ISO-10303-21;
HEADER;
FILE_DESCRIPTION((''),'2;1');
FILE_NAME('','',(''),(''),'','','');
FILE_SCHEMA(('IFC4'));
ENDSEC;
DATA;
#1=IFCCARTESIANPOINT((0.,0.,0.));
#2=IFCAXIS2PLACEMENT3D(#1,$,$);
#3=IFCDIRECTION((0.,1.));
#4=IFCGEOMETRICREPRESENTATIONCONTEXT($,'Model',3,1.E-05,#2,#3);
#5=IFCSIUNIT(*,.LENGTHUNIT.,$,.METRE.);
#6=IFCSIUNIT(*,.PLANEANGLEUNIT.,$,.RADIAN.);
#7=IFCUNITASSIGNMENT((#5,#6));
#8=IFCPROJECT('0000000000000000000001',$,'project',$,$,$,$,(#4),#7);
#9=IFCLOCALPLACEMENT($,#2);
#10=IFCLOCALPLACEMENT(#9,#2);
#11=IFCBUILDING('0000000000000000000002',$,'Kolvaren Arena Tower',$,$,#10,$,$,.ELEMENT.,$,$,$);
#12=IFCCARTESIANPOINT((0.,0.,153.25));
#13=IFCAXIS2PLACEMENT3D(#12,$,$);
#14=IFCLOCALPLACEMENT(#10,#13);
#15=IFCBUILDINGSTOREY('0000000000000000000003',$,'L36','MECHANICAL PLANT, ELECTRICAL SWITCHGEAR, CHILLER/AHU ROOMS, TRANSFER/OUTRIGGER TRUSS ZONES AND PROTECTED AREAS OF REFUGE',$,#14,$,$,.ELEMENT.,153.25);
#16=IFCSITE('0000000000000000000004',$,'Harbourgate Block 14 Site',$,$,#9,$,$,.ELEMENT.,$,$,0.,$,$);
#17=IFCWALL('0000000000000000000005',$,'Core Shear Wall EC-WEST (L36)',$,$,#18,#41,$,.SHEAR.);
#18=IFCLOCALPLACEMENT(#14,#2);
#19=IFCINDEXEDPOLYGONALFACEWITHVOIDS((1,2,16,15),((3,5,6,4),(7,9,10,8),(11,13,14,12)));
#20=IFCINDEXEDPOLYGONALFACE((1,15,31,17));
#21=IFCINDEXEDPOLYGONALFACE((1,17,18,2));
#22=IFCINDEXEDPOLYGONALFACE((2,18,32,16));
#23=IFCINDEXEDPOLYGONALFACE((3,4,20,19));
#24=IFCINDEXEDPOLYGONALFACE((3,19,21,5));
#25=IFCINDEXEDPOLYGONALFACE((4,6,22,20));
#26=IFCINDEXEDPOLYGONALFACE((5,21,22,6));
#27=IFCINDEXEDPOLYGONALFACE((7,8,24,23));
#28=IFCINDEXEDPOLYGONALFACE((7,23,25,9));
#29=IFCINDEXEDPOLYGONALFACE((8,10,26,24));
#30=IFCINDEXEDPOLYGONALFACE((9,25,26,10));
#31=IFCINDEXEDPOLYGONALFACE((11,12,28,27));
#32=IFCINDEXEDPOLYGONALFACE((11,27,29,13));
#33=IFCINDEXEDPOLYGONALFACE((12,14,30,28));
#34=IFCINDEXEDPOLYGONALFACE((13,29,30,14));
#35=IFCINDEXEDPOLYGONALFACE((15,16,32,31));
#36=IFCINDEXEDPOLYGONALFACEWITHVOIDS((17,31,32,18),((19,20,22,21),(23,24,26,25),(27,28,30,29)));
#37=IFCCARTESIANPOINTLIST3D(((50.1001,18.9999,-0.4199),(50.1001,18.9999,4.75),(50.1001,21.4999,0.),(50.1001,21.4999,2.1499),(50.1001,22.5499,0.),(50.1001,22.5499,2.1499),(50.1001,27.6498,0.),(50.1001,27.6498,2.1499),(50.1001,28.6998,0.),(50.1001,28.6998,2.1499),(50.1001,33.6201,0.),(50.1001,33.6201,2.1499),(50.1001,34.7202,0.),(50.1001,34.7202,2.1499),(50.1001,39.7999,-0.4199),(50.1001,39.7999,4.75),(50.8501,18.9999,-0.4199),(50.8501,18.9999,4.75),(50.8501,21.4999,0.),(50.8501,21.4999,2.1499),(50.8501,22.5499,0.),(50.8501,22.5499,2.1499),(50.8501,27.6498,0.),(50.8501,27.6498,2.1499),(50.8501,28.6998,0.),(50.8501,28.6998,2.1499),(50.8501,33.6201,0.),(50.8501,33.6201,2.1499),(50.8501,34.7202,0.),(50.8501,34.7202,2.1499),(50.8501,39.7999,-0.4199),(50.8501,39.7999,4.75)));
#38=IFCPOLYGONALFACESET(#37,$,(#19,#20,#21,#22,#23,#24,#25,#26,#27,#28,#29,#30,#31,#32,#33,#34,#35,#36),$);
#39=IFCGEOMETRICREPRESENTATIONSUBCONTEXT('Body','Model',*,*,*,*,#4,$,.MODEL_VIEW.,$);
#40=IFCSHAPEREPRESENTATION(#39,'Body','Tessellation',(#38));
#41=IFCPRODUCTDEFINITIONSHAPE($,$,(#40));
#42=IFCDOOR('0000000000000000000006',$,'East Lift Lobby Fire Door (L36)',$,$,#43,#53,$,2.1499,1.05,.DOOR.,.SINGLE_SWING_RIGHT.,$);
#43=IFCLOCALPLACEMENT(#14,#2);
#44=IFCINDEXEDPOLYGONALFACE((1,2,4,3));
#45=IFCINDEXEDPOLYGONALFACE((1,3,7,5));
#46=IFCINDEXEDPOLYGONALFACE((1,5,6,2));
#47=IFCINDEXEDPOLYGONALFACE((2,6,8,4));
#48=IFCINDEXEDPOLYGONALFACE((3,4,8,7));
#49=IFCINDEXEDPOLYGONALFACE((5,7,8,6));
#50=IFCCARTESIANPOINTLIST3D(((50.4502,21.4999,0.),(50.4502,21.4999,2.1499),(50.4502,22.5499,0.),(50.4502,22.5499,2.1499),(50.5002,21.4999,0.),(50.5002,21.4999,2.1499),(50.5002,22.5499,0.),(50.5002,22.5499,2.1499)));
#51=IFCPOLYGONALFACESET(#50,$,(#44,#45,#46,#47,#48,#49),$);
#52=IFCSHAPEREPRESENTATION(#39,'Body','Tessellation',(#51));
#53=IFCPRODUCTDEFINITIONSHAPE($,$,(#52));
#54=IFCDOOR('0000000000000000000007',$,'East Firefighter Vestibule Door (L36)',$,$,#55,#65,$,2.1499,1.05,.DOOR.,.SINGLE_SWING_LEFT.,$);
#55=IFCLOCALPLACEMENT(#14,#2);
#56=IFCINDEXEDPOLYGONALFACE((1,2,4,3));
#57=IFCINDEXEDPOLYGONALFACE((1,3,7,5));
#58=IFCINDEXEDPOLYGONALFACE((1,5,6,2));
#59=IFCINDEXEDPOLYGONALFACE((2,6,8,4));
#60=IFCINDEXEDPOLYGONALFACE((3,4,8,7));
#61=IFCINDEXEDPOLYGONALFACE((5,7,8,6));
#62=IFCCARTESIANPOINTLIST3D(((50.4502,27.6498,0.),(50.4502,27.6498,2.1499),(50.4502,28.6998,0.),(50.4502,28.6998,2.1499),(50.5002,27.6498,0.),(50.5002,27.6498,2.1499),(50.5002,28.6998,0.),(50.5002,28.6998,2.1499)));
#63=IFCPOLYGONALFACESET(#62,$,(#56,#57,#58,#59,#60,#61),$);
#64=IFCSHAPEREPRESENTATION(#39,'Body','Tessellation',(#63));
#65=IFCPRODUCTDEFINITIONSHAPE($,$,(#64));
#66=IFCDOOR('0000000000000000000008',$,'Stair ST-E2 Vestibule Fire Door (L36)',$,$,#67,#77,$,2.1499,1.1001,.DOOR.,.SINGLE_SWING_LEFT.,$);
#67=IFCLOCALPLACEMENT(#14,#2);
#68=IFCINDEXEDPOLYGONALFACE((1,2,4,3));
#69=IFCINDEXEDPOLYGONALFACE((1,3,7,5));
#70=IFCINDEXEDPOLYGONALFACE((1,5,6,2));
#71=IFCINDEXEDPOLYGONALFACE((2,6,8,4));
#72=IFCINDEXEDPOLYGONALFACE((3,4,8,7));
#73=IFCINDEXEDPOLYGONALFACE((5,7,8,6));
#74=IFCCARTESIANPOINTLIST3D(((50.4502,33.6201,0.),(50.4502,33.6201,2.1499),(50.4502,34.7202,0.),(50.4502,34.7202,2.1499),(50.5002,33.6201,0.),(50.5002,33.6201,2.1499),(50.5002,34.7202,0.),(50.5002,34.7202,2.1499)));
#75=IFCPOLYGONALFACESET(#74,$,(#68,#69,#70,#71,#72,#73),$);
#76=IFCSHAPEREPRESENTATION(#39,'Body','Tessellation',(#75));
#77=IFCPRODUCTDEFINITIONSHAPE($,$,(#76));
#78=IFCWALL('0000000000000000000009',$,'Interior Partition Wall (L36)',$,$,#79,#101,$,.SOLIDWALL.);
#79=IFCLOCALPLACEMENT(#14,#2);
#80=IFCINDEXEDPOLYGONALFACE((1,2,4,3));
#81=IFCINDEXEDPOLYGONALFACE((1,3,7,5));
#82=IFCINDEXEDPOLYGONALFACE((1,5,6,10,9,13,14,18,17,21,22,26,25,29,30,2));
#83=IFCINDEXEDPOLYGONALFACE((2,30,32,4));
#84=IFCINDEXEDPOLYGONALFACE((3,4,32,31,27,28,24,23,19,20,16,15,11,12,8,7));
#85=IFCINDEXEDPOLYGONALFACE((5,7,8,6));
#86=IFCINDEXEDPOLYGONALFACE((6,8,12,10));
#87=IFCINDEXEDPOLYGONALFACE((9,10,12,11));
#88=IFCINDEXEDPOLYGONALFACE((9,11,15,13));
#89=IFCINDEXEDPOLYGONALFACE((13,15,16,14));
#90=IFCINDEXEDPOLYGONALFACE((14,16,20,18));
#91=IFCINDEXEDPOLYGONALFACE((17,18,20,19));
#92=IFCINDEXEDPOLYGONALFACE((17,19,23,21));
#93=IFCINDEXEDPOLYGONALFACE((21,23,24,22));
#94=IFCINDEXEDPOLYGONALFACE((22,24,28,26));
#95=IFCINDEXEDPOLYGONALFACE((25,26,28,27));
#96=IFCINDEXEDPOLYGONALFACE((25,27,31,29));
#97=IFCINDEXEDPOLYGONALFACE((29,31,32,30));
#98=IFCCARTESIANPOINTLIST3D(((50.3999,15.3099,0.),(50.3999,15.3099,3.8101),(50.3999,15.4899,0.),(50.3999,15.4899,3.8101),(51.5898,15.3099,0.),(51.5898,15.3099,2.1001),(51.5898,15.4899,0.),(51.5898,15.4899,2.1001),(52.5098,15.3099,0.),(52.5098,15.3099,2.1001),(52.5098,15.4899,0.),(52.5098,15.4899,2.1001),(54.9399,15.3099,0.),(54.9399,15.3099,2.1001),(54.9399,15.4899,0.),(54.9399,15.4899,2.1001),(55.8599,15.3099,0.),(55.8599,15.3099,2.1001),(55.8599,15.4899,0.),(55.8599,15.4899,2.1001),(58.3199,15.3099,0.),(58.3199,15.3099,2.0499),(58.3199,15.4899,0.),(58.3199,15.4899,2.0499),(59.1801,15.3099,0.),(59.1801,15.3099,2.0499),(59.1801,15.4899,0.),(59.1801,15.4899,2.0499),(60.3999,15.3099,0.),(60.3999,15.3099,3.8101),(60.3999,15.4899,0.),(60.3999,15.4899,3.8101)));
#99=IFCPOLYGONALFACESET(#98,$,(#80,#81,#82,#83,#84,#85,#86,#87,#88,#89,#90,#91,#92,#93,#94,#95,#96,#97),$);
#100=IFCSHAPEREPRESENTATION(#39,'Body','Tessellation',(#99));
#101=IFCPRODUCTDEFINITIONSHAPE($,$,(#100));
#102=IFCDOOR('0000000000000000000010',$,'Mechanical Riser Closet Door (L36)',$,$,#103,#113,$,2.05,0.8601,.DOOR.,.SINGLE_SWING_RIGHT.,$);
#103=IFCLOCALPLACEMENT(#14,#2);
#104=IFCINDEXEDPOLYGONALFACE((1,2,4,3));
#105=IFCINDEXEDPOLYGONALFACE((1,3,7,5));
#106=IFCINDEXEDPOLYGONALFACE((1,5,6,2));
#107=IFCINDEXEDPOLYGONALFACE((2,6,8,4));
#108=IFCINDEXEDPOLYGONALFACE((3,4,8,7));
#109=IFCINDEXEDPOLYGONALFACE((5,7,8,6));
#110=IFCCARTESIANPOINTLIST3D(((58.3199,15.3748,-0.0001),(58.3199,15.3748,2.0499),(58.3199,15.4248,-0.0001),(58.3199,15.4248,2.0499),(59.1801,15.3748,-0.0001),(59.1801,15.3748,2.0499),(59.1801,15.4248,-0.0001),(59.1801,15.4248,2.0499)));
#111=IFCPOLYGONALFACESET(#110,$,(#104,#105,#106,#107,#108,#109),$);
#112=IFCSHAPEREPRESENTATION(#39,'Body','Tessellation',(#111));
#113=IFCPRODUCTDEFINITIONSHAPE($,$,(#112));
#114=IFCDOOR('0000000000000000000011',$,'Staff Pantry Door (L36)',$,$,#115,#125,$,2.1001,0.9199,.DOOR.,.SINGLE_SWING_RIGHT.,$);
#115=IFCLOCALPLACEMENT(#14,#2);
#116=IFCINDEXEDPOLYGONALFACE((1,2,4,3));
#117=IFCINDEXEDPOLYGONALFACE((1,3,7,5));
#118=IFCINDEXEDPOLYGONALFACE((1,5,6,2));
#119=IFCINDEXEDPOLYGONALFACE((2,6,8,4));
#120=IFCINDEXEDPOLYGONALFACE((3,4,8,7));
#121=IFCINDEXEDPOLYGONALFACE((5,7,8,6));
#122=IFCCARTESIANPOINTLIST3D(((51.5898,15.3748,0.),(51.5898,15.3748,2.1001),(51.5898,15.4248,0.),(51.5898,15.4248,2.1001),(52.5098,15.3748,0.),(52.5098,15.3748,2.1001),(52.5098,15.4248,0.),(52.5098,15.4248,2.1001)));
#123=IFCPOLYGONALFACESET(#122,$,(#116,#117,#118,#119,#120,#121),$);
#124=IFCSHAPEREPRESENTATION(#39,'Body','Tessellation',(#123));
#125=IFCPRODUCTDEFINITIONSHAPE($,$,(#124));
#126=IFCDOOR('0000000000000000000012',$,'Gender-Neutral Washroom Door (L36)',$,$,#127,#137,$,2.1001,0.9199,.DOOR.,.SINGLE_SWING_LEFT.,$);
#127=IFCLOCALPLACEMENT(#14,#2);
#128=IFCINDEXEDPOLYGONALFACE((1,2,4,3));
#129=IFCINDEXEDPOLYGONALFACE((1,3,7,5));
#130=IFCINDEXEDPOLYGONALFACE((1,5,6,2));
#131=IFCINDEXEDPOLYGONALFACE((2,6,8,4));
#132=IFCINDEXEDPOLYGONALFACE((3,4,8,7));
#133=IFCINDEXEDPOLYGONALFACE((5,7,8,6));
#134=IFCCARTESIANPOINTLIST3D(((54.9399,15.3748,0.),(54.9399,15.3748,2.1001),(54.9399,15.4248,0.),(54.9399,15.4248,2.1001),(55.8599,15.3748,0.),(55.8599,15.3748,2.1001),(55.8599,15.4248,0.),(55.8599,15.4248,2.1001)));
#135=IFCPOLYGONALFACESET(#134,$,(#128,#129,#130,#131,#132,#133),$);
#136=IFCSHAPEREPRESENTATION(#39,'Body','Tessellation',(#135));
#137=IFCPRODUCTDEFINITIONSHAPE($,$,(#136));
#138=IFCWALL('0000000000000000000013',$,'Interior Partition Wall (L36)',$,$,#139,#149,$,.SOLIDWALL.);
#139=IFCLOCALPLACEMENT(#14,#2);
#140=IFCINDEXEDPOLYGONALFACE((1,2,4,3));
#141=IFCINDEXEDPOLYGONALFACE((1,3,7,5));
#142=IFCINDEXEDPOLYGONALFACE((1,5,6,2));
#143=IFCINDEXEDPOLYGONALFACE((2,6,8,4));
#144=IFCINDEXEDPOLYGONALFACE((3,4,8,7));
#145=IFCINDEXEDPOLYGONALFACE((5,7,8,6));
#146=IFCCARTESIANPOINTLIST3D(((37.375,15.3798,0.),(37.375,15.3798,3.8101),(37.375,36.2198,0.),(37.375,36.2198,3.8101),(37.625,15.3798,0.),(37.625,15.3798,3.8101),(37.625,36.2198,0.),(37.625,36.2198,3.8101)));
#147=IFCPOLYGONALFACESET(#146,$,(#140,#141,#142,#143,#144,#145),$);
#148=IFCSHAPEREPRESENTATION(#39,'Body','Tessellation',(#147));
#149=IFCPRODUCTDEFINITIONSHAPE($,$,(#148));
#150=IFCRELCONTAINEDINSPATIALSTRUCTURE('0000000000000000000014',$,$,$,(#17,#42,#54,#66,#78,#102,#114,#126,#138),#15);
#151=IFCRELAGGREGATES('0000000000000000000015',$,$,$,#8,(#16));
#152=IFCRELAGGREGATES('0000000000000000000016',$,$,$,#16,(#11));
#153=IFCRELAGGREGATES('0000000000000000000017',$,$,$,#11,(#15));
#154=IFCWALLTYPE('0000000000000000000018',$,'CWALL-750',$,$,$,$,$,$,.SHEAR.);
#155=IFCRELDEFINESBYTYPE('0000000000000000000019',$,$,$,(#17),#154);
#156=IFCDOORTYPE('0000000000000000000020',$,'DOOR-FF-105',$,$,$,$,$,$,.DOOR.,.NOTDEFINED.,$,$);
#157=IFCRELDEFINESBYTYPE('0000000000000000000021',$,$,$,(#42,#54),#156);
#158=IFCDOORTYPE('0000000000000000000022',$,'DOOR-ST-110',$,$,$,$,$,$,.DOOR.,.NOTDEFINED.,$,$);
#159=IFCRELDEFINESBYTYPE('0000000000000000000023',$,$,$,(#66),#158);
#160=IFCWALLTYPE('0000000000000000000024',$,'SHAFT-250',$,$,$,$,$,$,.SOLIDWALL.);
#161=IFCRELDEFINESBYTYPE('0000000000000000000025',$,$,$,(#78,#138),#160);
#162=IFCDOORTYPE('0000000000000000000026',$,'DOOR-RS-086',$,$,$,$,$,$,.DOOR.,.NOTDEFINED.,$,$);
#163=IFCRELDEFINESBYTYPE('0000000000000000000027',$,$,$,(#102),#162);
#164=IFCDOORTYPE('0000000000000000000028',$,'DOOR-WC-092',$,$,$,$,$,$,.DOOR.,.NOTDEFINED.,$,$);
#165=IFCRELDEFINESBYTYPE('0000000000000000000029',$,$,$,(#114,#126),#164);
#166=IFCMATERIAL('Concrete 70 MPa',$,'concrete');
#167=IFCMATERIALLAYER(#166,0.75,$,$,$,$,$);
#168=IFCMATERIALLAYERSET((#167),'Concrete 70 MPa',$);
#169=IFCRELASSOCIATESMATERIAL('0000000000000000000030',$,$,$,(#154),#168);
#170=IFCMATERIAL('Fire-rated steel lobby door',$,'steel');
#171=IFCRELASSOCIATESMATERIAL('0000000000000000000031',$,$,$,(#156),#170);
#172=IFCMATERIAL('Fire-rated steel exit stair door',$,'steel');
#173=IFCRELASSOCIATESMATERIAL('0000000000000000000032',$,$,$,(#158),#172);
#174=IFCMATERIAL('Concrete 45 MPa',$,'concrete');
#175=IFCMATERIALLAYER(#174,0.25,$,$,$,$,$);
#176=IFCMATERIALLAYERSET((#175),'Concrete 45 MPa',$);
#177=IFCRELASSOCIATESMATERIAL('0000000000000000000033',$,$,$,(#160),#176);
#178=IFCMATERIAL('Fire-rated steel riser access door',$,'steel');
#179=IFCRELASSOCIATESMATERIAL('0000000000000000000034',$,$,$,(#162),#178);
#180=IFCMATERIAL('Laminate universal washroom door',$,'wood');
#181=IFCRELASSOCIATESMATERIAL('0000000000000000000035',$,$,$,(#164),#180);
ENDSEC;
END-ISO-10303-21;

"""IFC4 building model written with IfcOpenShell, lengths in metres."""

from ifc_helpers import new_model, si_unit, direction, frame, frame_2d, origin, place, context, subcontext, project, spatial, rectangle, extrude, material, layer, layer_set, type_object, element, fill, save


model = new_model("IFC4")

# Units and contexts
model_context = context("Model", 3, precision=1e-05, world=origin(), true_north=direction((0.0, 1.0)))
body_context = subcontext(model_context, "Body", "Model", "MODEL_VIEW")
ifc_project = project(units=[si_unit("LENGTHUNIT", "METRE"), si_unit("PLANEANGLEUNIT", "RADIAN")], contexts=[model_context])

# Site, building, storey
site_placement = place(None, origin())
site = spatial("IfcSite", under=ifc_project, at=site_placement, Name="Harbourgate Block 14 Site", CompositionType="ELEMENT", RefElevation=0.0)
building_placement = place(site_placement, origin())
building = spatial("IfcBuilding", under=site, at=building_placement, Name="Kolvaren Arena Tower", CompositionType="ELEMENT")
storey_placement = place(building_placement, frame((0.0, 0.0, 153.25)))
storey = spatial("IfcBuildingStorey", under=building, at=storey_placement, Name="L36", Description="MECHANICAL PLANT, ELECTRICAL SWITCHGEAR, CHILLER/AHU ROOMS, TRANSFER/OUTRIGGER TRUSS ZONES AND PROTECTED AREAS OF REFUGE", CompositionType="ELEMENT", Elevation=153.25)

# Walls, openings, doors
ifc_material_1 = material(Name="Concrete 70 MPa", Category="concrete")
ifc_layer_1 = layer(ifc_material_1, 0.75)
ifc_layer_set_1 = layer_set([ifc_layer_1], Name="Concrete 70 MPa")
wall_type_1 = type_object("IfcWallType", Name="CWALL-750", PredefinedType="SHEAR", material=ifc_layer_set_1)
wall_1_placement = place(storey_placement, frame((50.4751, 19.0, -0.4199), z_axis=(0.0, 0.0, 1.0), x_axis=(0.0, 1.0, 0.0)))
wall_1 = element("IfcWall", 1, at=wall_1_placement, inside=storey, type_object=wall_type_1, Name="Core Shear Wall EC-WEST (L36)", PredefinedType="SHEAR", context=body_context, shape_type="SweptSolid", body=[
    extrude(rectangle(XDim=20.8, YDim=0.75, at=frame_2d((10.3999, 0.0))), origin(), (0.0, 0.0, 1.0), 5.1699),
])
opening_1_placement = place(wall_1_placement, frame((2.5, 0.0, 0.4199)))
opening_1 = element("IfcOpeningElement", 2, at=opening_1_placement, cuts=wall_1, PredefinedType="OPENING", context=body_context, shape_type="SweptSolid", body=[
    extrude(rectangle(XDim=1.05, YDim=2.1499, at=frame_2d((0.5249, 1.075))), frame((0.0, 0.385, 0.0), z_axis=(0.0, -1.0, 0.0), x_axis=(1.0, 0.0, 0.0)), (0.0, 0.0, 1.0), 0.77),
])
opening_2_placement = place(wall_1_placement, frame((8.6499, 0.0, 0.4199)))
opening_2 = element("IfcOpeningElement", 3, at=opening_2_placement, cuts=wall_1, PredefinedType="OPENING", context=body_context, shape_type="SweptSolid", body=[
    extrude(rectangle(XDim=1.05, YDim=2.1499, at=frame_2d((0.5249, 1.075))), frame((0.0, 0.385, 0.0), z_axis=(0.0, -1.0, 0.0), x_axis=(1.0, 0.0, 0.0)), (0.0, 0.0, 1.0), 0.77),
])
opening_3_placement = place(wall_1_placement, frame((14.6201, 0.0, 0.4199)))
opening_3 = element("IfcOpeningElement", 4, at=opening_3_placement, cuts=wall_1, PredefinedType="OPENING", context=body_context, shape_type="SweptSolid", body=[
    extrude(rectangle(XDim=1.1001, YDim=2.1499, at=frame_2d((0.55, 1.075))), frame((0.0, 0.385, 0.0), z_axis=(0.0, -1.0, 0.0), x_axis=(1.0, 0.0, 0.0)), (0.0, 0.0, 1.0), 0.77),
])
ifc_material_2 = material(Name="Fire-rated steel lobby door", Category="steel")
door_type_1 = type_object("IfcDoorType", Name="DOOR-FF-105", OperationType="NOTDEFINED", PredefinedType="DOOR", material=ifc_material_2)
door_1_placement = place(opening_1_placement, origin())
door_1 = element("IfcDoor", 5, at=door_1_placement, inside=storey, type_object=door_type_1, Name="East Lift Lobby Fire Door (L36)", OperationType="SINGLE_SWING_RIGHT", OverallHeight=2.1499, OverallWidth=1.05, PredefinedType="DOOR", context=body_context, shape_type="SweptSolid", body=[
    extrude(rectangle(XDim=1.05, YDim=2.1499, at=frame_2d((0.5249, 1.075))), frame((0.0, 0.0249, 0.0), z_axis=(0.0, -1.0, 0.0), x_axis=(1.0, 0.0, 0.0)), (0.0, 0.0, 1.0), 0.05),
])
fill(opening_1, door_1)
door_2_placement = place(opening_2_placement, origin())
door_2 = element("IfcDoor", 6, at=door_2_placement, inside=storey, type_object=door_type_1, Name="East Firefighter Vestibule Door (L36)", OperationType="SINGLE_SWING_LEFT", OverallHeight=2.1499, OverallWidth=1.05, PredefinedType="DOOR", context=body_context, shape_type="SweptSolid", body=[
    extrude(rectangle(XDim=1.05, YDim=2.1499, at=frame_2d((0.5249, 1.075))), frame((0.0, 0.0249, 0.0), z_axis=(0.0, -1.0, 0.0), x_axis=(1.0, 0.0, 0.0)), (0.0, 0.0, 1.0), 0.05),
])
fill(opening_2, door_2)
ifc_material_3 = material(Name="Fire-rated steel exit stair door", Category="steel")
door_type_2 = type_object("IfcDoorType", Name="DOOR-ST-110", OperationType="NOTDEFINED", PredefinedType="DOOR", material=ifc_material_3)
door_3_placement = place(opening_3_placement, origin())
door_3 = element("IfcDoor", 7, at=door_3_placement, inside=storey, type_object=door_type_2, Name="Stair ST-E2 Vestibule Fire Door (L36)", OperationType="SINGLE_SWING_LEFT", OverallHeight=2.1499, OverallWidth=1.1001, PredefinedType="DOOR", context=body_context, shape_type="SweptSolid", body=[
    extrude(rectangle(XDim=1.1001, YDim=2.1499, at=frame_2d((0.55, 1.075))), frame((0.0, 0.0249, 0.0), z_axis=(0.0, -1.0, 0.0), x_axis=(1.0, 0.0, 0.0)), (0.0, 0.0, 1.0), 0.05),
])
fill(opening_3, door_3)
ifc_material_4 = material(Name="Concrete 45 MPa", Category="concrete")
ifc_layer_2 = layer(ifc_material_4, 0.25)
ifc_layer_set_2 = layer_set([ifc_layer_2], Name="Concrete 45 MPa")
wall_type_2 = type_object("IfcWallType", Name="SHAFT-250", PredefinedType="SOLIDWALL", material=ifc_layer_set_2)
wall_2_placement = place(storey_placement, frame((50.3999, 15.3999, 0.0), z_axis=(0.0, 0.0, 1.0), x_axis=(1.0, 0.0, 0.0)))
wall_2 = element("IfcWall", 8, at=wall_2_placement, inside=storey, type_object=wall_type_2, Name="Interior Partition Wall (L36)", PredefinedType="SOLIDWALL", context=body_context, shape_type="SweptSolid", body=[
    extrude(rectangle(XDim=10.0, YDim=0.1799, at=frame_2d((5.0, 0.0))), origin(), (0.0, 0.0, 1.0), 3.8101),
])
opening_4_placement = place(wall_2_placement, frame((1.1899, 0.0, 0.0)))
opening_4 = element("IfcOpeningElement", 9, at=opening_4_placement, cuts=wall_2, PredefinedType="OPENING", context=body_context, shape_type="SweptSolid", body=[
    extrude(rectangle(XDim=0.9199, YDim=2.1001, at=frame_2d((0.46, 1.05))), frame((0.0, 0.0999, 0.0), z_axis=(0.0, -1.0, 0.0), x_axis=(1.0, 0.0, 0.0)), (0.0, 0.0, 1.0), 0.2),
])
opening_5_placement = place(wall_2_placement, frame((4.54, 0.0, 0.0)))
opening_5 = element("IfcOpeningElement", 10, at=opening_5_placement, cuts=wall_2, PredefinedType="OPENING", context=body_context, shape_type="SweptSolid", body=[
    extrude(rectangle(XDim=0.9199, YDim=2.1001, at=frame_2d((0.46, 1.05))), frame((0.0, 0.0999, 0.0), z_axis=(0.0, -1.0, 0.0), x_axis=(1.0, 0.0, 0.0)), (0.0, 0.0, 1.0), 0.2),
])
opening_6_placement = place(wall_2_placement, frame((7.9199, 0.0, 0.0)))
opening_6 = element("IfcOpeningElement", 11, at=opening_6_placement, cuts=wall_2, PredefinedType="OPENING", context=body_context, shape_type="SweptSolid", body=[
    extrude(rectangle(XDim=0.8601, YDim=2.05, at=frame_2d((0.4302, 1.0249))), frame((0.0, 0.0999, 0.0), z_axis=(0.0, -1.0, 0.0), x_axis=(1.0, 0.0, 0.0)), (0.0, 0.0, 1.0), 0.2),
])
ifc_material_5 = material(Name="Fire-rated steel riser access door", Category="steel")
door_type_3 = type_object("IfcDoorType", Name="DOOR-RS-086", OperationType="NOTDEFINED", PredefinedType="DOOR", material=ifc_material_5)
door_4_placement = place(opening_6_placement, origin())
door_4 = element("IfcDoor", 12, at=door_4_placement, inside=storey, type_object=door_type_3, Name="Mechanical Riser Closet Door (L36)", OperationType="SINGLE_SWING_RIGHT", OverallHeight=2.05, OverallWidth=0.8601, PredefinedType="DOOR", context=body_context, shape_type="SweptSolid", body=[
    extrude(rectangle(XDim=0.8601, YDim=2.05, at=frame_2d((0.4302, 1.0249))), frame((0.0, 0.0249, 0.0), z_axis=(0.0, -1.0, 0.0), x_axis=(1.0, 0.0, 0.0)), (0.0, 0.0, 1.0), 0.05),
])
fill(opening_6, door_4)
ifc_material_6 = material(Name="Laminate universal washroom door", Category="wood")
door_type_4 = type_object("IfcDoorType", Name="DOOR-WC-092", OperationType="NOTDEFINED", PredefinedType="DOOR", material=ifc_material_6)
door_5_placement = place(opening_4_placement, origin())
door_5 = element("IfcDoor", 13, at=door_5_placement, inside=storey, type_object=door_type_4, Name="Staff Pantry Door (L36)", OperationType="SINGLE_SWING_RIGHT", OverallHeight=2.1001, OverallWidth=0.9199, PredefinedType="DOOR", context=body_context, shape_type="SweptSolid", body=[
    extrude(rectangle(XDim=0.9199, YDim=2.1001, at=frame_2d((0.46, 1.05))), frame((0.0, 0.0249, 0.0), z_axis=(0.0, -1.0, 0.0), x_axis=(1.0, 0.0, 0.0)), (0.0, 0.0, 1.0), 0.05),
])
fill(opening_4, door_5)
door_6_placement = place(opening_5_placement, origin())
door_6 = element("IfcDoor", 14, at=door_6_placement, inside=storey, type_object=door_type_4, Name="Gender-Neutral Washroom Door (L36)", OperationType="SINGLE_SWING_LEFT", OverallHeight=2.1001, OverallWidth=0.9199, PredefinedType="DOOR", context=body_context, shape_type="SweptSolid", body=[
    extrude(rectangle(XDim=0.9199, YDim=2.1001, at=frame_2d((0.46, 1.05))), frame((0.0, 0.0249, 0.0), z_axis=(0.0, -1.0, 0.0), x_axis=(1.0, 0.0, 0.0)), (0.0, 0.0, 1.0), 0.05),
])
fill(opening_5, door_6)

# Wall
wall_3_placement = place(storey_placement, frame((37.5, 15.3799, 0.0), z_axis=(0.0, 0.0, 1.0), x_axis=(0.0, 1.0, 0.0)))
element("IfcWall", 15, at=wall_3_placement, inside=storey, type_object=wall_type_2, Name="Interior Partition Wall (L36)", PredefinedType="SOLIDWALL", context=body_context, shape_type="SweptSolid", body=[
    extrude(rectangle(XDim=20.8401, YDim=0.25, at=frame_2d((10.4199, 0.0))), origin(), (0.0, 0.0, 1.0), 3.8101),
])

save(model, "model.ifc")
